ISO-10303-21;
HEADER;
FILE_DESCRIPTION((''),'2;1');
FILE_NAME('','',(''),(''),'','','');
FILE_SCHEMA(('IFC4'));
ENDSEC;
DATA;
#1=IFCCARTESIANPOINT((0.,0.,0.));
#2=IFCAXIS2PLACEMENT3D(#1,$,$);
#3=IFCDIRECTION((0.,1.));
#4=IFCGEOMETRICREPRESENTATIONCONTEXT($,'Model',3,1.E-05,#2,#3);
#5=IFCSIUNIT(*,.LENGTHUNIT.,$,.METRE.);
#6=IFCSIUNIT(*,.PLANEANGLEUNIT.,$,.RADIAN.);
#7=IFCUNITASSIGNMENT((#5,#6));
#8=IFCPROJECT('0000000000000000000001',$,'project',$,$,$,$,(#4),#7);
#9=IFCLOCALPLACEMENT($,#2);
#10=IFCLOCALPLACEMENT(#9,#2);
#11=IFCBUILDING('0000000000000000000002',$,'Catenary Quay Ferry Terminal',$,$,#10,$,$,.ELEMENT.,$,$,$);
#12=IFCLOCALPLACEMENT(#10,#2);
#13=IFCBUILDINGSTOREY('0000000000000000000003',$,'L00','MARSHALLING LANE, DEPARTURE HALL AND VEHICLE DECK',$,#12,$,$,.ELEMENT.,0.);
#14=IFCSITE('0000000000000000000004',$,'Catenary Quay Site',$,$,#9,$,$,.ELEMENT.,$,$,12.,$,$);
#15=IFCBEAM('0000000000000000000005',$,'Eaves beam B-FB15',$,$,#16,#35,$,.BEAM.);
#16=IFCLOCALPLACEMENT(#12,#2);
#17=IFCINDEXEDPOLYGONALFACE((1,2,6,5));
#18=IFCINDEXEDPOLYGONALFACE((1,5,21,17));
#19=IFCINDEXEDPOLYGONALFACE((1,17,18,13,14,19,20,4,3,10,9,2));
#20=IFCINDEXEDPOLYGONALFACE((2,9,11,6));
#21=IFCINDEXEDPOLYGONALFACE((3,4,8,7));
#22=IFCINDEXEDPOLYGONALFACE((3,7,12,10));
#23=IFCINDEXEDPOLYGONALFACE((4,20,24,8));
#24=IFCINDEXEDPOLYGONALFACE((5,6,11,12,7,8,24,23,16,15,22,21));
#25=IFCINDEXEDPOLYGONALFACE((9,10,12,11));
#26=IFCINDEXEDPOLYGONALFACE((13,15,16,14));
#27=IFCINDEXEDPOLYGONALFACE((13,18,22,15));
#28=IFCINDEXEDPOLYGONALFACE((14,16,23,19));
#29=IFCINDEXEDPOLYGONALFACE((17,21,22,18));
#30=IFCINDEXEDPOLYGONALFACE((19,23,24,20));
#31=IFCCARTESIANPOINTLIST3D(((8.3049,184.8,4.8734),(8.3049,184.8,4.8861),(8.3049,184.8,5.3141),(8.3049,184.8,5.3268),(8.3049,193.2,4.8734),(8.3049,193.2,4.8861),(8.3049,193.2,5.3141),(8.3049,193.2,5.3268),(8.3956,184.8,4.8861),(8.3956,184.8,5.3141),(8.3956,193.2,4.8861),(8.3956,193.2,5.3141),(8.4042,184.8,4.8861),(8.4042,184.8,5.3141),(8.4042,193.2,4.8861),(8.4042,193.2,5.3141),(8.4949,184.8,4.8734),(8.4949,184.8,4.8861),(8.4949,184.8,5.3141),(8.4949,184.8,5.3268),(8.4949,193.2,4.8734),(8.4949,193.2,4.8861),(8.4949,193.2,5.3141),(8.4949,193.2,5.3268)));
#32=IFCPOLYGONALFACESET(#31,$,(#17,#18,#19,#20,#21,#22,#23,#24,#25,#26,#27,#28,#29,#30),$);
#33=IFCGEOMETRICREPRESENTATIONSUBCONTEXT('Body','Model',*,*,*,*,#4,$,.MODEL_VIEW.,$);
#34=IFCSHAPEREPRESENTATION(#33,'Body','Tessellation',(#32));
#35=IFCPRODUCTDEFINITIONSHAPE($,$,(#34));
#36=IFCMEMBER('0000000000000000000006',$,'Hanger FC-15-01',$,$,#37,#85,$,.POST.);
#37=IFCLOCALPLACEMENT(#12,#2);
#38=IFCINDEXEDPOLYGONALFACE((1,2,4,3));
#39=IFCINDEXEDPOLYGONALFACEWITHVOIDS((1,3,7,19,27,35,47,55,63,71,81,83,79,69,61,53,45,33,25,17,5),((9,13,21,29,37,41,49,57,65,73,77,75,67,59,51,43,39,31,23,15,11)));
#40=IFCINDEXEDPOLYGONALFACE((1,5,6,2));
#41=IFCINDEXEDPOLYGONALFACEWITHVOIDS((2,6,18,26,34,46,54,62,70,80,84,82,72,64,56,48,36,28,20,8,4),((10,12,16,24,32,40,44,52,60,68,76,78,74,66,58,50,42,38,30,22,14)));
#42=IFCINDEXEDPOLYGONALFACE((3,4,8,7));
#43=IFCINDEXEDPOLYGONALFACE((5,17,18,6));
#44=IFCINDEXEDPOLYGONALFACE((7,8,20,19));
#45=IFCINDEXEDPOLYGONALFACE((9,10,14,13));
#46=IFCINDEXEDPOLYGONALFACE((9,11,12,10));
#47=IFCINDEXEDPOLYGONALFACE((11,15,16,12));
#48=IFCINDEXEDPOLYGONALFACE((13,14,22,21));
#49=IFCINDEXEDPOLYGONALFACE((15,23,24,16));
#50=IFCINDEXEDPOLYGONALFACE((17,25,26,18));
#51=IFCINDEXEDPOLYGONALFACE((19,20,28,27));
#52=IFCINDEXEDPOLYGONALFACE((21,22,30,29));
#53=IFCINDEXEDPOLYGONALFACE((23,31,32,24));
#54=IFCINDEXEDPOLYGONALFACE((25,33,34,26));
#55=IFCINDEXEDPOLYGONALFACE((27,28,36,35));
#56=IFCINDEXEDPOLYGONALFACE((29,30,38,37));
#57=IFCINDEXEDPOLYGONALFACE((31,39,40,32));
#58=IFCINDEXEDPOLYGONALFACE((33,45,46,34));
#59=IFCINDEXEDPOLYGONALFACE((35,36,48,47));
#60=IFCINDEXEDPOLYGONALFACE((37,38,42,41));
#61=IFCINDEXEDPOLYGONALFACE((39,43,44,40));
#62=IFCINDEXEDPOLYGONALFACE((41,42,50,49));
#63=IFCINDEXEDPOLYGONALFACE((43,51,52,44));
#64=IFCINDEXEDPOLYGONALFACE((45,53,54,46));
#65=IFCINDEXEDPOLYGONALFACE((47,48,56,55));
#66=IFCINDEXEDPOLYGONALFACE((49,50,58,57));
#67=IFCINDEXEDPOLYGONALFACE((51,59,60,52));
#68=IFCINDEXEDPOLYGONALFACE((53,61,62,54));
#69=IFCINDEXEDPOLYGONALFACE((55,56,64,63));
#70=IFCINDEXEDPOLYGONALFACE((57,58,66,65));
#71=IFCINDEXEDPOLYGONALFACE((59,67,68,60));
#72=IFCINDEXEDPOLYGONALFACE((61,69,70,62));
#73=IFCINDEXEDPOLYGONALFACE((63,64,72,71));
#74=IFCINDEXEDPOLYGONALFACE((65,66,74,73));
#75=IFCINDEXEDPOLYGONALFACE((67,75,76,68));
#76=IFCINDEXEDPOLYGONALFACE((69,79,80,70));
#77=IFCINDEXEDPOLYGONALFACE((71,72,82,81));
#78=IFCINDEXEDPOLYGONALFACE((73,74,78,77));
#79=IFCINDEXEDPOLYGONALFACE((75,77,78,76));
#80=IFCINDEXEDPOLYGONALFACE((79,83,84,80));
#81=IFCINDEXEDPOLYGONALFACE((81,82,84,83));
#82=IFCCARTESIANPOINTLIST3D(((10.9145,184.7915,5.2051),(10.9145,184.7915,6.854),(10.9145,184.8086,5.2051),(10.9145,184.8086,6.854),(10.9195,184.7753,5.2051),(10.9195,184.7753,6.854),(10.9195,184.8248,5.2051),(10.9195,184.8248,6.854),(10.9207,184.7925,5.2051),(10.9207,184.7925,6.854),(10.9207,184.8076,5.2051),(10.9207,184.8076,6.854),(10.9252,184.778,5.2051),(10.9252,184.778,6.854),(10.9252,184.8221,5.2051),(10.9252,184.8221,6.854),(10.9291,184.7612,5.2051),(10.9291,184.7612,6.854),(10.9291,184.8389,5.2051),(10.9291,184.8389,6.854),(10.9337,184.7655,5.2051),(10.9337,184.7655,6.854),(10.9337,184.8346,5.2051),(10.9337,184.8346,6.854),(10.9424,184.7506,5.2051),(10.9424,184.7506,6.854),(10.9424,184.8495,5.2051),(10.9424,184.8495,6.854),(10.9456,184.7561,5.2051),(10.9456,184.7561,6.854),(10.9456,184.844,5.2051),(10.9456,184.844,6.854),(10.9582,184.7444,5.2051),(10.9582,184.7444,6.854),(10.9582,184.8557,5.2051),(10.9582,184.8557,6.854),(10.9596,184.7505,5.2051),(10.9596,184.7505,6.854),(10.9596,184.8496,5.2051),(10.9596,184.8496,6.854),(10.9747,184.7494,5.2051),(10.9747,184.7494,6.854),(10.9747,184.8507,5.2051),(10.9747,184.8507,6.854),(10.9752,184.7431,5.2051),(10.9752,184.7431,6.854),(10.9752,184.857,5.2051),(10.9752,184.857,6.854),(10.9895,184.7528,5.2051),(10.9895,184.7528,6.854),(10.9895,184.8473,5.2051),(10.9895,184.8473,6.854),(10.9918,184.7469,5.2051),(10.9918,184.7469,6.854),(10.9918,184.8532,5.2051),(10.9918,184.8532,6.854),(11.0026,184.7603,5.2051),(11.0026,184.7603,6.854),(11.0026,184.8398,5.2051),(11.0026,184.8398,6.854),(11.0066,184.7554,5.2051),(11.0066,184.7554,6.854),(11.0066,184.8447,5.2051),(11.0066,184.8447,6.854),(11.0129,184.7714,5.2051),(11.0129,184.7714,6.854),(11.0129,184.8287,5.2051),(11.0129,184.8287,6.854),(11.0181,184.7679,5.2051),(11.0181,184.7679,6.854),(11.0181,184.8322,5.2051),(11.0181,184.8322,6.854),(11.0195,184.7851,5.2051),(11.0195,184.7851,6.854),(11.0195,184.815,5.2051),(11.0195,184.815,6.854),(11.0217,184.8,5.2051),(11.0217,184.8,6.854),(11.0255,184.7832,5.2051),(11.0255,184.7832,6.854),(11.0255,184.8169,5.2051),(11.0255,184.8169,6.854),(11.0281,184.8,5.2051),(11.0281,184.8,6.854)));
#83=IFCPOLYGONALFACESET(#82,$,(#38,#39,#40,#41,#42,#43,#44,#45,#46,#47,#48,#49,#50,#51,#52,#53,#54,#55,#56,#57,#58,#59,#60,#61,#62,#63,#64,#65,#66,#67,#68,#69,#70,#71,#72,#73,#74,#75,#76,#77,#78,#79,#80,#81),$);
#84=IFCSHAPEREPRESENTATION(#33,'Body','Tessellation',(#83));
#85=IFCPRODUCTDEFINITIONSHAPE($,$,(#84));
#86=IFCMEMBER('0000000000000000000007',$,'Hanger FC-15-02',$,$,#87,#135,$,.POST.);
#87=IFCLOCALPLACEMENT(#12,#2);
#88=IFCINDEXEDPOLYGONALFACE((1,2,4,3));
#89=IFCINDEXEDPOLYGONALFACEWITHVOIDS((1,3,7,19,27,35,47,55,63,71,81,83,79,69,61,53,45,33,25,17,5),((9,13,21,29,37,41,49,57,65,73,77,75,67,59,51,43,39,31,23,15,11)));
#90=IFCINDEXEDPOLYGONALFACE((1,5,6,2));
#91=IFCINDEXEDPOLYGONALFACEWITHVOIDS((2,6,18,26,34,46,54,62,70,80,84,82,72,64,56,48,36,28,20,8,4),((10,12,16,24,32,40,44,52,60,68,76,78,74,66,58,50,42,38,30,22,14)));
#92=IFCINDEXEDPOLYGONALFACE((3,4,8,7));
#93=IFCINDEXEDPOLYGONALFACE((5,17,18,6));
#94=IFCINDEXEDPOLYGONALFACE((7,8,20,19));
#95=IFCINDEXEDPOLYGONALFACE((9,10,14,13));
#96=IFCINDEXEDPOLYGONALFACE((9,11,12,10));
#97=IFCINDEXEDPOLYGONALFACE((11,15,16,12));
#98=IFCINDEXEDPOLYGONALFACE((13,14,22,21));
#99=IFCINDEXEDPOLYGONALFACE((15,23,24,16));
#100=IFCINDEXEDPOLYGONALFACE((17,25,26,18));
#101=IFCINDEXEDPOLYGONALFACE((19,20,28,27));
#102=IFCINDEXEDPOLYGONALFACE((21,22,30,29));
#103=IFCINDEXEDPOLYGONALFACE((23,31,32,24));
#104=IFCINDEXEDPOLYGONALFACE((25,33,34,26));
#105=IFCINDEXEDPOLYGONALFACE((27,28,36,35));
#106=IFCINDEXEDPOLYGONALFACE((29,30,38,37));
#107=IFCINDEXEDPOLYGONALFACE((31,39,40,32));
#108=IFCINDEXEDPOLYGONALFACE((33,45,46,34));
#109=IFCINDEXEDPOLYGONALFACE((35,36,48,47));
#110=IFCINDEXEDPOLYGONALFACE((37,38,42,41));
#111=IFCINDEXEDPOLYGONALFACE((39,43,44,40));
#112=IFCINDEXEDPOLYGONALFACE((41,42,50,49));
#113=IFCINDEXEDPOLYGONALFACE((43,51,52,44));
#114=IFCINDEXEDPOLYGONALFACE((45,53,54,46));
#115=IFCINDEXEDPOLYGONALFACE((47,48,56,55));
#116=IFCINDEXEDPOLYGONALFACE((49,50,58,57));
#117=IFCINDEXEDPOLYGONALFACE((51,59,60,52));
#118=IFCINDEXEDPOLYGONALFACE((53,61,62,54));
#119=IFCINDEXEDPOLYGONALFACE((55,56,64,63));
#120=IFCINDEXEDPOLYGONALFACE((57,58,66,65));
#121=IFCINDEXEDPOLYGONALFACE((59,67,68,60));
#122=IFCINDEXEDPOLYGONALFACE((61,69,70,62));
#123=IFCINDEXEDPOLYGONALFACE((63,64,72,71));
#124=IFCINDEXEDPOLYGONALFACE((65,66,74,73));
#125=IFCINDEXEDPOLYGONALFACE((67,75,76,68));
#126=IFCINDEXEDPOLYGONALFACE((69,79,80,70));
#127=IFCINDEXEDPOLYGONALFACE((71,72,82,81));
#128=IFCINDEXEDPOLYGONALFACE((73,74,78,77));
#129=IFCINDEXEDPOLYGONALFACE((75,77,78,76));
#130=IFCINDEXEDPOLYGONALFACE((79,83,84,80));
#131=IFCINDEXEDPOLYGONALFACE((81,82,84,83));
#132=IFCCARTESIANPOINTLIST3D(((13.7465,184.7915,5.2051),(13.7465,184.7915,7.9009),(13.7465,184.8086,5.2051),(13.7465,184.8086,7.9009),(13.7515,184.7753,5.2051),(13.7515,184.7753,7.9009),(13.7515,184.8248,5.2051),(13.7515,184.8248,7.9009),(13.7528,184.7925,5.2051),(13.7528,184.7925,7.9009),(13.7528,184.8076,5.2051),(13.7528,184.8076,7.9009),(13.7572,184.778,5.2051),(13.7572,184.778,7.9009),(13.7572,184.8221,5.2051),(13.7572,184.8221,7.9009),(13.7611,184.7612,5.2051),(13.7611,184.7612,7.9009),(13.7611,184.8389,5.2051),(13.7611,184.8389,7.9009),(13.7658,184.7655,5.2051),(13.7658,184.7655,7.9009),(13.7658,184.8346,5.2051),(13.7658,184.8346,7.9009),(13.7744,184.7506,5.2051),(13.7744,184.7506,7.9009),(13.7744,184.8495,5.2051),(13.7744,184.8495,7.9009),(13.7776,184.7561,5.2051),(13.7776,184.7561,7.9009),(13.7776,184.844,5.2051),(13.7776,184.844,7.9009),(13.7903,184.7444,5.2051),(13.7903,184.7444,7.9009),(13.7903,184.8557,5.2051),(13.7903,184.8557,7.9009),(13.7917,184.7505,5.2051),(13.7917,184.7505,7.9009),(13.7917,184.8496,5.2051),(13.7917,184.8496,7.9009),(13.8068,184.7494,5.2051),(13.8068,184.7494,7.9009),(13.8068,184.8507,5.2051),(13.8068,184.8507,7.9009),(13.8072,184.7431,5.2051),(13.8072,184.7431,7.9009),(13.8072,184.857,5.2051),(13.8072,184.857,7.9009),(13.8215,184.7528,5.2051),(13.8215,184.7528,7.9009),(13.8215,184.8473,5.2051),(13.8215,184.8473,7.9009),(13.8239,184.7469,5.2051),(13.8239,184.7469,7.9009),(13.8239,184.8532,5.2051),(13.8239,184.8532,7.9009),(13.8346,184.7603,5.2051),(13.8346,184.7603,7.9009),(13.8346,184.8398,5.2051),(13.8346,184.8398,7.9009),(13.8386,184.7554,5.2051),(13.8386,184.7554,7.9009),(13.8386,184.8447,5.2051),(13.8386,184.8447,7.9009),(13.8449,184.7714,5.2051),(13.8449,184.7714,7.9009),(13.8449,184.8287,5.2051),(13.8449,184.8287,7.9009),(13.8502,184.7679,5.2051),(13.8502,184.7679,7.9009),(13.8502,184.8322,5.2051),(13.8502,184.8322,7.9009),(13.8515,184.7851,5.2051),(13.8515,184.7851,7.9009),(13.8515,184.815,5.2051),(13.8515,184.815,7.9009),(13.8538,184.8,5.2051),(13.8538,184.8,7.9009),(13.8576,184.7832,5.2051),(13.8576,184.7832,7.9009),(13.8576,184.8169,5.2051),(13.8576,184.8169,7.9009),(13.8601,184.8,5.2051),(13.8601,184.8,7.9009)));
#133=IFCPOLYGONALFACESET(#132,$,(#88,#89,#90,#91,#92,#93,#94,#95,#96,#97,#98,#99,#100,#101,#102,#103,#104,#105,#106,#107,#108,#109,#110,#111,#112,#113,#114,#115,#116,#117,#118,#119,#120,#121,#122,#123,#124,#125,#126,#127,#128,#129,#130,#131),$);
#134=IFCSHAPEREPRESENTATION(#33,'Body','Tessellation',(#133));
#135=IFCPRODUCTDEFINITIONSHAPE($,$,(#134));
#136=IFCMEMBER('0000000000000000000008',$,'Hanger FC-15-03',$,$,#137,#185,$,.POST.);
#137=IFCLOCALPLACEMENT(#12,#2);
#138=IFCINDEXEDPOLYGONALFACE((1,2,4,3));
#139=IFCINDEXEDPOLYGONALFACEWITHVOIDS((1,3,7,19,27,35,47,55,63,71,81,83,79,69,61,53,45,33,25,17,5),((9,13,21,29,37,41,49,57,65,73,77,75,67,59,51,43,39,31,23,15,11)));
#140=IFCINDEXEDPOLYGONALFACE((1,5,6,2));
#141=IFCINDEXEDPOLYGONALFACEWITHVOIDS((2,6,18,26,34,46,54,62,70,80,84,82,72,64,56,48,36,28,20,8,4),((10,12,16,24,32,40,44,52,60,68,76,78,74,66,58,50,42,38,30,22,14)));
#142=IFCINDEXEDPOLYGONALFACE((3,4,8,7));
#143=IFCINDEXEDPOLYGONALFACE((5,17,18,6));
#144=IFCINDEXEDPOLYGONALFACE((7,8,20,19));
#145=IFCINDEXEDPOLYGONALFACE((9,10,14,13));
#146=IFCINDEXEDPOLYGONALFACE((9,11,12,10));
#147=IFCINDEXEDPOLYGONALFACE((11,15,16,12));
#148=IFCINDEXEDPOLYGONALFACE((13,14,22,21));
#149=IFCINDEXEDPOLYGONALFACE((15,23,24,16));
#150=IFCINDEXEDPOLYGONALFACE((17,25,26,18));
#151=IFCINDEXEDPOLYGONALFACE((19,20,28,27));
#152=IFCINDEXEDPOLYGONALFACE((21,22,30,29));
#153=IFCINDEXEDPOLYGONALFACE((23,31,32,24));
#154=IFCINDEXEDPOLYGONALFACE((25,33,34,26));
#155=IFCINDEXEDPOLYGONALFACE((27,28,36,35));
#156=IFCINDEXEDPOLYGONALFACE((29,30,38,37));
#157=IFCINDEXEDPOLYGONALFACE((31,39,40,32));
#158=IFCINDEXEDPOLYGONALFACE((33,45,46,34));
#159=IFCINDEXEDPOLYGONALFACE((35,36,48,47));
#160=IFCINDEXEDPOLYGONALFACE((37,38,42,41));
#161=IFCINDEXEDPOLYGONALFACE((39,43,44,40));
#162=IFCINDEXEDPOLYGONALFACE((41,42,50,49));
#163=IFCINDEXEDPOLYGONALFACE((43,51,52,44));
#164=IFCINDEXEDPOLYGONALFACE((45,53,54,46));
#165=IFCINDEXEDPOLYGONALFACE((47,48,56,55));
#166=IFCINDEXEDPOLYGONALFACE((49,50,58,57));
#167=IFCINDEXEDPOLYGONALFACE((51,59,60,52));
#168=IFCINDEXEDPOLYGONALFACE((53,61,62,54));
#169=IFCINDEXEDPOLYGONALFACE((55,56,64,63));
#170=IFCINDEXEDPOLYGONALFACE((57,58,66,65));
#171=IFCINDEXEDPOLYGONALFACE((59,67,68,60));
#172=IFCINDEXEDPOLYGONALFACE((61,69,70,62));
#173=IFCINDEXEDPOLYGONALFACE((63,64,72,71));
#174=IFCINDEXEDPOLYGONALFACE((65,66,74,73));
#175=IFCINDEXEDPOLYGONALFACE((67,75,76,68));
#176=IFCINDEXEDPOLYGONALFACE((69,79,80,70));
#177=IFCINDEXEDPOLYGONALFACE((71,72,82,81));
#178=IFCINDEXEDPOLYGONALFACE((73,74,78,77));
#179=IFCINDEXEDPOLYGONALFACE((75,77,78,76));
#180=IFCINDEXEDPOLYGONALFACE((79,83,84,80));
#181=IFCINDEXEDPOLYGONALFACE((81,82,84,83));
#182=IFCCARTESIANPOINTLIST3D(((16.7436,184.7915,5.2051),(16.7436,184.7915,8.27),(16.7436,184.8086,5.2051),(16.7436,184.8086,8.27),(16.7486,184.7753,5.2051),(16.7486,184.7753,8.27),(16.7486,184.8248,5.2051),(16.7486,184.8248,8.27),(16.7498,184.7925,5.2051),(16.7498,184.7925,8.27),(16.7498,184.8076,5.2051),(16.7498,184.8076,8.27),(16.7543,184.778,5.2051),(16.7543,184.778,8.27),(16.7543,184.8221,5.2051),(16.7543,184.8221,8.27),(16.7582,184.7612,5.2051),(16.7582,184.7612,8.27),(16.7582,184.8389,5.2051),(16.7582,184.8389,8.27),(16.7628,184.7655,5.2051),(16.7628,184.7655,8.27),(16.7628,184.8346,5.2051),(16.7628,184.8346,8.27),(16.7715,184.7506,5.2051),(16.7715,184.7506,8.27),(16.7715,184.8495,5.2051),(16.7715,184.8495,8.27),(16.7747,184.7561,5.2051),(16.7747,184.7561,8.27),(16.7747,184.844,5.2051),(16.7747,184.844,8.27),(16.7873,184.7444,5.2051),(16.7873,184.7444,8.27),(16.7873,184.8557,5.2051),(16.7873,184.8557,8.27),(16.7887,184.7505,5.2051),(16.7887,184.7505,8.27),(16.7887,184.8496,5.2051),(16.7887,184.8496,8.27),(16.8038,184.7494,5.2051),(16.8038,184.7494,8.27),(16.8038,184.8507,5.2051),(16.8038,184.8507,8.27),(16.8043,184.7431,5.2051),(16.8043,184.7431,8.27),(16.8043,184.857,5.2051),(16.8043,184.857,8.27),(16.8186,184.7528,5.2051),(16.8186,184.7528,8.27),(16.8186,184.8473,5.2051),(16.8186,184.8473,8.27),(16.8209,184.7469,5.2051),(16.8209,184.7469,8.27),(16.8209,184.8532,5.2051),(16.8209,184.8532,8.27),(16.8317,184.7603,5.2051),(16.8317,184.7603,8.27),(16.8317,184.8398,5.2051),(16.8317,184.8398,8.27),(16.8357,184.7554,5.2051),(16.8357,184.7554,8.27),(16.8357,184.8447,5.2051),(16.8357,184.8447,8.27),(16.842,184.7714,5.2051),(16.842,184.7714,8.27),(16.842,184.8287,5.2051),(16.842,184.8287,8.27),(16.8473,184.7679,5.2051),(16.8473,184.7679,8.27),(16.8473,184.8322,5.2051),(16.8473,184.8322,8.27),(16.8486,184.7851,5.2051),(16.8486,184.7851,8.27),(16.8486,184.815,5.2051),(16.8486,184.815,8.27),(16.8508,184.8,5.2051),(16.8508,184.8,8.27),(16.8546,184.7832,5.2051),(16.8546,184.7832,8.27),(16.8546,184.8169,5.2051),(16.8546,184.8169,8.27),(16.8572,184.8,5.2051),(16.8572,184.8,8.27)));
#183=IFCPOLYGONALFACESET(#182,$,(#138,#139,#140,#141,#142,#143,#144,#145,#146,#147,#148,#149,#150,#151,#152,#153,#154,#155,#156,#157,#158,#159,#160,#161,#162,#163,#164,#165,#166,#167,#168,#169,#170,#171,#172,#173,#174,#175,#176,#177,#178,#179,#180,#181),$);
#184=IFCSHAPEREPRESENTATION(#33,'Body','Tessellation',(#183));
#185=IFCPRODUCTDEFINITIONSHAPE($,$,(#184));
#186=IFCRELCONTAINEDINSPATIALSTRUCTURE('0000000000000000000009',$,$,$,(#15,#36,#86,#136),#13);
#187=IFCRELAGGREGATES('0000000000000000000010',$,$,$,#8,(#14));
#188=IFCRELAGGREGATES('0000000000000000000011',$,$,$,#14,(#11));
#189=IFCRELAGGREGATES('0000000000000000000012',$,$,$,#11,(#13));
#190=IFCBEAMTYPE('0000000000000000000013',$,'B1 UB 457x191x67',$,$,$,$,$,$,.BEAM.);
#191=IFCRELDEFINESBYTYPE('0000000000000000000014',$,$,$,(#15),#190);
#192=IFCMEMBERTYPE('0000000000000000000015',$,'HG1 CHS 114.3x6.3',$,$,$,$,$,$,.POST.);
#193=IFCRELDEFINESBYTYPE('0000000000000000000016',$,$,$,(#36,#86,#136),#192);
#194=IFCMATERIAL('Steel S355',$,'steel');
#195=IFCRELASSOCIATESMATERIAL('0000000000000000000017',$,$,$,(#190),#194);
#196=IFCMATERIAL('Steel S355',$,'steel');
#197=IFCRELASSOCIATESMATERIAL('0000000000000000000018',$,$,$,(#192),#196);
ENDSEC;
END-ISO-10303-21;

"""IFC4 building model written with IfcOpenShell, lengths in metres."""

from ifc_helpers import new_model, si_unit, direction, frame, origin, origin_2d, place, context, subcontext, project, spatial, hollow_circle, i_section, extrude, material, material_profile, profile_set, type_object, element, save


model = new_model("IFC4")

# Units and contexts
model_context = context("Model", 3, precision=1e-05, world=origin(), true_north=direction((0.0, 1.0)))
body_context = subcontext(model_context, "Body", "Model", "MODEL_VIEW")
ifc_project = project(units=[si_unit("LENGTHUNIT", "METRE"), si_unit("PLANEANGLEUNIT", "RADIAN")], contexts=[model_context])

# Site, building, storey
site_placement = place(None, origin())
site = spatial("IfcSite", under=ifc_project, at=site_placement, Name="Catenary Quay Site", CompositionType="ELEMENT", RefElevation=12.0)
building_placement = place(site_placement, origin())
building = spatial("IfcBuilding", under=site, at=building_placement, Name="Catenary Quay Ferry Terminal", CompositionType="ELEMENT")
storey_placement = place(building_placement, origin())
storey = spatial("IfcBuildingStorey", under=building, at=storey_placement, Name="L00", Description="MARSHALLING LANE, DEPARTURE HALL AND VEHICLE DECK", CompositionType="ELEMENT", Elevation=0.0)

# Beam
ifc_material_1 = material(Name="Steel S355", Category="steel")
ifc_material_profile_1 = material_profile(ifc_material_1, i_section(OverallWidth=0.1899, OverallDepth=0.4534, WebThickness=0.0085, FlangeThickness=0.0127, at=origin_2d()), Name="UB 457x191x67")
ifc_profile_set_1 = profile_set([ifc_material_profile_1], Name="Steel S355")
beam_type_1 = type_object("IfcBeamType", Name="B1 UB 457x191x67", PredefinedType="BEAM", material=ifc_profile_set_1)
beam_1_placement = place(storey_placement, frame((8.3999, 184.8, 5.1001), z_axis=(0.0, 1.0, 0.0), x_axis=(-1.0, 0.0, 0.0)))
element("IfcBeam", 1, at=beam_1_placement, inside=storey, type_object=beam_type_1, Name="Eaves beam B-FB15", PredefinedType="BEAM", context=body_context, shape_type="SweptSolid", body=[
    extrude(i_section(OverallWidth=0.1899, OverallDepth=0.4534, WebThickness=0.0085, FlangeThickness=0.0127, at=origin_2d()), origin(), (0.0, 0.0, 1.0), 8.3999),
])

# Members
ifc_material_2 = material(Name="Steel S355", Category="steel")
ifc_material_profile_2 = material_profile(ifc_material_2, hollow_circle(Radius=0.0571, WallThickness=0.0063, at=origin_2d()), Name="CHS 114.3x6.3")
ifc_profile_set_2 = profile_set([ifc_material_profile_2], Name="Steel S355")
member_type_1 = type_object("IfcMemberType", Name="HG1 CHS 114.3x6.3", PredefinedType="POST", material=ifc_profile_set_2)
member_1_placement = place(storey_placement, frame((10.9709, 184.8, 5.2051), z_axis=(0.0, 0.0, 1.0), x_axis=(1.0, 0.0, 0.0)))
element("IfcMember", 2, at=member_1_placement, inside=storey, type_object=member_type_1, Name="Hanger FC-15-01", PredefinedType="POST", context=body_context, shape_type="SweptSolid", body=[
    extrude(hollow_circle(Radius=0.0571, WallThickness=0.0063, at=origin_2d()), origin(), (0.0, 0.0, 1.0), 1.6489),
])
member_2_placement = place(storey_placement, frame((13.803, 184.8, 5.2051), z_axis=(0.0, 0.0, 1.0), x_axis=(1.0, 0.0, 0.0)))
element("IfcMember", 3, at=member_2_placement, inside=storey, type_object=member_type_1, Name="Hanger FC-15-02", PredefinedType="POST", context=body_context, shape_type="SweptSolid", body=[
    extrude(hollow_circle(Radius=0.0571, WallThickness=0.0063, at=origin_2d()), origin(), (0.0, 0.0, 1.0), 2.6958),
])
member_3_placement = place(storey_placement, frame((16.8, 184.8, 5.2051), z_axis=(0.0, 0.0, 1.0), x_axis=(1.0, 0.0, 0.0)))
element("IfcMember", 4, at=member_3_placement, inside=storey, type_object=member_type_1, Name="Hanger FC-15-03", PredefinedType="POST", context=body_context, shape_type="SweptSolid", body=[
    extrude(hollow_circle(Radius=0.0571, WallThickness=0.0063, at=origin_2d()), origin(), (0.0, 0.0, 1.0), 3.0649),
])

save(model, "model.ifc")
